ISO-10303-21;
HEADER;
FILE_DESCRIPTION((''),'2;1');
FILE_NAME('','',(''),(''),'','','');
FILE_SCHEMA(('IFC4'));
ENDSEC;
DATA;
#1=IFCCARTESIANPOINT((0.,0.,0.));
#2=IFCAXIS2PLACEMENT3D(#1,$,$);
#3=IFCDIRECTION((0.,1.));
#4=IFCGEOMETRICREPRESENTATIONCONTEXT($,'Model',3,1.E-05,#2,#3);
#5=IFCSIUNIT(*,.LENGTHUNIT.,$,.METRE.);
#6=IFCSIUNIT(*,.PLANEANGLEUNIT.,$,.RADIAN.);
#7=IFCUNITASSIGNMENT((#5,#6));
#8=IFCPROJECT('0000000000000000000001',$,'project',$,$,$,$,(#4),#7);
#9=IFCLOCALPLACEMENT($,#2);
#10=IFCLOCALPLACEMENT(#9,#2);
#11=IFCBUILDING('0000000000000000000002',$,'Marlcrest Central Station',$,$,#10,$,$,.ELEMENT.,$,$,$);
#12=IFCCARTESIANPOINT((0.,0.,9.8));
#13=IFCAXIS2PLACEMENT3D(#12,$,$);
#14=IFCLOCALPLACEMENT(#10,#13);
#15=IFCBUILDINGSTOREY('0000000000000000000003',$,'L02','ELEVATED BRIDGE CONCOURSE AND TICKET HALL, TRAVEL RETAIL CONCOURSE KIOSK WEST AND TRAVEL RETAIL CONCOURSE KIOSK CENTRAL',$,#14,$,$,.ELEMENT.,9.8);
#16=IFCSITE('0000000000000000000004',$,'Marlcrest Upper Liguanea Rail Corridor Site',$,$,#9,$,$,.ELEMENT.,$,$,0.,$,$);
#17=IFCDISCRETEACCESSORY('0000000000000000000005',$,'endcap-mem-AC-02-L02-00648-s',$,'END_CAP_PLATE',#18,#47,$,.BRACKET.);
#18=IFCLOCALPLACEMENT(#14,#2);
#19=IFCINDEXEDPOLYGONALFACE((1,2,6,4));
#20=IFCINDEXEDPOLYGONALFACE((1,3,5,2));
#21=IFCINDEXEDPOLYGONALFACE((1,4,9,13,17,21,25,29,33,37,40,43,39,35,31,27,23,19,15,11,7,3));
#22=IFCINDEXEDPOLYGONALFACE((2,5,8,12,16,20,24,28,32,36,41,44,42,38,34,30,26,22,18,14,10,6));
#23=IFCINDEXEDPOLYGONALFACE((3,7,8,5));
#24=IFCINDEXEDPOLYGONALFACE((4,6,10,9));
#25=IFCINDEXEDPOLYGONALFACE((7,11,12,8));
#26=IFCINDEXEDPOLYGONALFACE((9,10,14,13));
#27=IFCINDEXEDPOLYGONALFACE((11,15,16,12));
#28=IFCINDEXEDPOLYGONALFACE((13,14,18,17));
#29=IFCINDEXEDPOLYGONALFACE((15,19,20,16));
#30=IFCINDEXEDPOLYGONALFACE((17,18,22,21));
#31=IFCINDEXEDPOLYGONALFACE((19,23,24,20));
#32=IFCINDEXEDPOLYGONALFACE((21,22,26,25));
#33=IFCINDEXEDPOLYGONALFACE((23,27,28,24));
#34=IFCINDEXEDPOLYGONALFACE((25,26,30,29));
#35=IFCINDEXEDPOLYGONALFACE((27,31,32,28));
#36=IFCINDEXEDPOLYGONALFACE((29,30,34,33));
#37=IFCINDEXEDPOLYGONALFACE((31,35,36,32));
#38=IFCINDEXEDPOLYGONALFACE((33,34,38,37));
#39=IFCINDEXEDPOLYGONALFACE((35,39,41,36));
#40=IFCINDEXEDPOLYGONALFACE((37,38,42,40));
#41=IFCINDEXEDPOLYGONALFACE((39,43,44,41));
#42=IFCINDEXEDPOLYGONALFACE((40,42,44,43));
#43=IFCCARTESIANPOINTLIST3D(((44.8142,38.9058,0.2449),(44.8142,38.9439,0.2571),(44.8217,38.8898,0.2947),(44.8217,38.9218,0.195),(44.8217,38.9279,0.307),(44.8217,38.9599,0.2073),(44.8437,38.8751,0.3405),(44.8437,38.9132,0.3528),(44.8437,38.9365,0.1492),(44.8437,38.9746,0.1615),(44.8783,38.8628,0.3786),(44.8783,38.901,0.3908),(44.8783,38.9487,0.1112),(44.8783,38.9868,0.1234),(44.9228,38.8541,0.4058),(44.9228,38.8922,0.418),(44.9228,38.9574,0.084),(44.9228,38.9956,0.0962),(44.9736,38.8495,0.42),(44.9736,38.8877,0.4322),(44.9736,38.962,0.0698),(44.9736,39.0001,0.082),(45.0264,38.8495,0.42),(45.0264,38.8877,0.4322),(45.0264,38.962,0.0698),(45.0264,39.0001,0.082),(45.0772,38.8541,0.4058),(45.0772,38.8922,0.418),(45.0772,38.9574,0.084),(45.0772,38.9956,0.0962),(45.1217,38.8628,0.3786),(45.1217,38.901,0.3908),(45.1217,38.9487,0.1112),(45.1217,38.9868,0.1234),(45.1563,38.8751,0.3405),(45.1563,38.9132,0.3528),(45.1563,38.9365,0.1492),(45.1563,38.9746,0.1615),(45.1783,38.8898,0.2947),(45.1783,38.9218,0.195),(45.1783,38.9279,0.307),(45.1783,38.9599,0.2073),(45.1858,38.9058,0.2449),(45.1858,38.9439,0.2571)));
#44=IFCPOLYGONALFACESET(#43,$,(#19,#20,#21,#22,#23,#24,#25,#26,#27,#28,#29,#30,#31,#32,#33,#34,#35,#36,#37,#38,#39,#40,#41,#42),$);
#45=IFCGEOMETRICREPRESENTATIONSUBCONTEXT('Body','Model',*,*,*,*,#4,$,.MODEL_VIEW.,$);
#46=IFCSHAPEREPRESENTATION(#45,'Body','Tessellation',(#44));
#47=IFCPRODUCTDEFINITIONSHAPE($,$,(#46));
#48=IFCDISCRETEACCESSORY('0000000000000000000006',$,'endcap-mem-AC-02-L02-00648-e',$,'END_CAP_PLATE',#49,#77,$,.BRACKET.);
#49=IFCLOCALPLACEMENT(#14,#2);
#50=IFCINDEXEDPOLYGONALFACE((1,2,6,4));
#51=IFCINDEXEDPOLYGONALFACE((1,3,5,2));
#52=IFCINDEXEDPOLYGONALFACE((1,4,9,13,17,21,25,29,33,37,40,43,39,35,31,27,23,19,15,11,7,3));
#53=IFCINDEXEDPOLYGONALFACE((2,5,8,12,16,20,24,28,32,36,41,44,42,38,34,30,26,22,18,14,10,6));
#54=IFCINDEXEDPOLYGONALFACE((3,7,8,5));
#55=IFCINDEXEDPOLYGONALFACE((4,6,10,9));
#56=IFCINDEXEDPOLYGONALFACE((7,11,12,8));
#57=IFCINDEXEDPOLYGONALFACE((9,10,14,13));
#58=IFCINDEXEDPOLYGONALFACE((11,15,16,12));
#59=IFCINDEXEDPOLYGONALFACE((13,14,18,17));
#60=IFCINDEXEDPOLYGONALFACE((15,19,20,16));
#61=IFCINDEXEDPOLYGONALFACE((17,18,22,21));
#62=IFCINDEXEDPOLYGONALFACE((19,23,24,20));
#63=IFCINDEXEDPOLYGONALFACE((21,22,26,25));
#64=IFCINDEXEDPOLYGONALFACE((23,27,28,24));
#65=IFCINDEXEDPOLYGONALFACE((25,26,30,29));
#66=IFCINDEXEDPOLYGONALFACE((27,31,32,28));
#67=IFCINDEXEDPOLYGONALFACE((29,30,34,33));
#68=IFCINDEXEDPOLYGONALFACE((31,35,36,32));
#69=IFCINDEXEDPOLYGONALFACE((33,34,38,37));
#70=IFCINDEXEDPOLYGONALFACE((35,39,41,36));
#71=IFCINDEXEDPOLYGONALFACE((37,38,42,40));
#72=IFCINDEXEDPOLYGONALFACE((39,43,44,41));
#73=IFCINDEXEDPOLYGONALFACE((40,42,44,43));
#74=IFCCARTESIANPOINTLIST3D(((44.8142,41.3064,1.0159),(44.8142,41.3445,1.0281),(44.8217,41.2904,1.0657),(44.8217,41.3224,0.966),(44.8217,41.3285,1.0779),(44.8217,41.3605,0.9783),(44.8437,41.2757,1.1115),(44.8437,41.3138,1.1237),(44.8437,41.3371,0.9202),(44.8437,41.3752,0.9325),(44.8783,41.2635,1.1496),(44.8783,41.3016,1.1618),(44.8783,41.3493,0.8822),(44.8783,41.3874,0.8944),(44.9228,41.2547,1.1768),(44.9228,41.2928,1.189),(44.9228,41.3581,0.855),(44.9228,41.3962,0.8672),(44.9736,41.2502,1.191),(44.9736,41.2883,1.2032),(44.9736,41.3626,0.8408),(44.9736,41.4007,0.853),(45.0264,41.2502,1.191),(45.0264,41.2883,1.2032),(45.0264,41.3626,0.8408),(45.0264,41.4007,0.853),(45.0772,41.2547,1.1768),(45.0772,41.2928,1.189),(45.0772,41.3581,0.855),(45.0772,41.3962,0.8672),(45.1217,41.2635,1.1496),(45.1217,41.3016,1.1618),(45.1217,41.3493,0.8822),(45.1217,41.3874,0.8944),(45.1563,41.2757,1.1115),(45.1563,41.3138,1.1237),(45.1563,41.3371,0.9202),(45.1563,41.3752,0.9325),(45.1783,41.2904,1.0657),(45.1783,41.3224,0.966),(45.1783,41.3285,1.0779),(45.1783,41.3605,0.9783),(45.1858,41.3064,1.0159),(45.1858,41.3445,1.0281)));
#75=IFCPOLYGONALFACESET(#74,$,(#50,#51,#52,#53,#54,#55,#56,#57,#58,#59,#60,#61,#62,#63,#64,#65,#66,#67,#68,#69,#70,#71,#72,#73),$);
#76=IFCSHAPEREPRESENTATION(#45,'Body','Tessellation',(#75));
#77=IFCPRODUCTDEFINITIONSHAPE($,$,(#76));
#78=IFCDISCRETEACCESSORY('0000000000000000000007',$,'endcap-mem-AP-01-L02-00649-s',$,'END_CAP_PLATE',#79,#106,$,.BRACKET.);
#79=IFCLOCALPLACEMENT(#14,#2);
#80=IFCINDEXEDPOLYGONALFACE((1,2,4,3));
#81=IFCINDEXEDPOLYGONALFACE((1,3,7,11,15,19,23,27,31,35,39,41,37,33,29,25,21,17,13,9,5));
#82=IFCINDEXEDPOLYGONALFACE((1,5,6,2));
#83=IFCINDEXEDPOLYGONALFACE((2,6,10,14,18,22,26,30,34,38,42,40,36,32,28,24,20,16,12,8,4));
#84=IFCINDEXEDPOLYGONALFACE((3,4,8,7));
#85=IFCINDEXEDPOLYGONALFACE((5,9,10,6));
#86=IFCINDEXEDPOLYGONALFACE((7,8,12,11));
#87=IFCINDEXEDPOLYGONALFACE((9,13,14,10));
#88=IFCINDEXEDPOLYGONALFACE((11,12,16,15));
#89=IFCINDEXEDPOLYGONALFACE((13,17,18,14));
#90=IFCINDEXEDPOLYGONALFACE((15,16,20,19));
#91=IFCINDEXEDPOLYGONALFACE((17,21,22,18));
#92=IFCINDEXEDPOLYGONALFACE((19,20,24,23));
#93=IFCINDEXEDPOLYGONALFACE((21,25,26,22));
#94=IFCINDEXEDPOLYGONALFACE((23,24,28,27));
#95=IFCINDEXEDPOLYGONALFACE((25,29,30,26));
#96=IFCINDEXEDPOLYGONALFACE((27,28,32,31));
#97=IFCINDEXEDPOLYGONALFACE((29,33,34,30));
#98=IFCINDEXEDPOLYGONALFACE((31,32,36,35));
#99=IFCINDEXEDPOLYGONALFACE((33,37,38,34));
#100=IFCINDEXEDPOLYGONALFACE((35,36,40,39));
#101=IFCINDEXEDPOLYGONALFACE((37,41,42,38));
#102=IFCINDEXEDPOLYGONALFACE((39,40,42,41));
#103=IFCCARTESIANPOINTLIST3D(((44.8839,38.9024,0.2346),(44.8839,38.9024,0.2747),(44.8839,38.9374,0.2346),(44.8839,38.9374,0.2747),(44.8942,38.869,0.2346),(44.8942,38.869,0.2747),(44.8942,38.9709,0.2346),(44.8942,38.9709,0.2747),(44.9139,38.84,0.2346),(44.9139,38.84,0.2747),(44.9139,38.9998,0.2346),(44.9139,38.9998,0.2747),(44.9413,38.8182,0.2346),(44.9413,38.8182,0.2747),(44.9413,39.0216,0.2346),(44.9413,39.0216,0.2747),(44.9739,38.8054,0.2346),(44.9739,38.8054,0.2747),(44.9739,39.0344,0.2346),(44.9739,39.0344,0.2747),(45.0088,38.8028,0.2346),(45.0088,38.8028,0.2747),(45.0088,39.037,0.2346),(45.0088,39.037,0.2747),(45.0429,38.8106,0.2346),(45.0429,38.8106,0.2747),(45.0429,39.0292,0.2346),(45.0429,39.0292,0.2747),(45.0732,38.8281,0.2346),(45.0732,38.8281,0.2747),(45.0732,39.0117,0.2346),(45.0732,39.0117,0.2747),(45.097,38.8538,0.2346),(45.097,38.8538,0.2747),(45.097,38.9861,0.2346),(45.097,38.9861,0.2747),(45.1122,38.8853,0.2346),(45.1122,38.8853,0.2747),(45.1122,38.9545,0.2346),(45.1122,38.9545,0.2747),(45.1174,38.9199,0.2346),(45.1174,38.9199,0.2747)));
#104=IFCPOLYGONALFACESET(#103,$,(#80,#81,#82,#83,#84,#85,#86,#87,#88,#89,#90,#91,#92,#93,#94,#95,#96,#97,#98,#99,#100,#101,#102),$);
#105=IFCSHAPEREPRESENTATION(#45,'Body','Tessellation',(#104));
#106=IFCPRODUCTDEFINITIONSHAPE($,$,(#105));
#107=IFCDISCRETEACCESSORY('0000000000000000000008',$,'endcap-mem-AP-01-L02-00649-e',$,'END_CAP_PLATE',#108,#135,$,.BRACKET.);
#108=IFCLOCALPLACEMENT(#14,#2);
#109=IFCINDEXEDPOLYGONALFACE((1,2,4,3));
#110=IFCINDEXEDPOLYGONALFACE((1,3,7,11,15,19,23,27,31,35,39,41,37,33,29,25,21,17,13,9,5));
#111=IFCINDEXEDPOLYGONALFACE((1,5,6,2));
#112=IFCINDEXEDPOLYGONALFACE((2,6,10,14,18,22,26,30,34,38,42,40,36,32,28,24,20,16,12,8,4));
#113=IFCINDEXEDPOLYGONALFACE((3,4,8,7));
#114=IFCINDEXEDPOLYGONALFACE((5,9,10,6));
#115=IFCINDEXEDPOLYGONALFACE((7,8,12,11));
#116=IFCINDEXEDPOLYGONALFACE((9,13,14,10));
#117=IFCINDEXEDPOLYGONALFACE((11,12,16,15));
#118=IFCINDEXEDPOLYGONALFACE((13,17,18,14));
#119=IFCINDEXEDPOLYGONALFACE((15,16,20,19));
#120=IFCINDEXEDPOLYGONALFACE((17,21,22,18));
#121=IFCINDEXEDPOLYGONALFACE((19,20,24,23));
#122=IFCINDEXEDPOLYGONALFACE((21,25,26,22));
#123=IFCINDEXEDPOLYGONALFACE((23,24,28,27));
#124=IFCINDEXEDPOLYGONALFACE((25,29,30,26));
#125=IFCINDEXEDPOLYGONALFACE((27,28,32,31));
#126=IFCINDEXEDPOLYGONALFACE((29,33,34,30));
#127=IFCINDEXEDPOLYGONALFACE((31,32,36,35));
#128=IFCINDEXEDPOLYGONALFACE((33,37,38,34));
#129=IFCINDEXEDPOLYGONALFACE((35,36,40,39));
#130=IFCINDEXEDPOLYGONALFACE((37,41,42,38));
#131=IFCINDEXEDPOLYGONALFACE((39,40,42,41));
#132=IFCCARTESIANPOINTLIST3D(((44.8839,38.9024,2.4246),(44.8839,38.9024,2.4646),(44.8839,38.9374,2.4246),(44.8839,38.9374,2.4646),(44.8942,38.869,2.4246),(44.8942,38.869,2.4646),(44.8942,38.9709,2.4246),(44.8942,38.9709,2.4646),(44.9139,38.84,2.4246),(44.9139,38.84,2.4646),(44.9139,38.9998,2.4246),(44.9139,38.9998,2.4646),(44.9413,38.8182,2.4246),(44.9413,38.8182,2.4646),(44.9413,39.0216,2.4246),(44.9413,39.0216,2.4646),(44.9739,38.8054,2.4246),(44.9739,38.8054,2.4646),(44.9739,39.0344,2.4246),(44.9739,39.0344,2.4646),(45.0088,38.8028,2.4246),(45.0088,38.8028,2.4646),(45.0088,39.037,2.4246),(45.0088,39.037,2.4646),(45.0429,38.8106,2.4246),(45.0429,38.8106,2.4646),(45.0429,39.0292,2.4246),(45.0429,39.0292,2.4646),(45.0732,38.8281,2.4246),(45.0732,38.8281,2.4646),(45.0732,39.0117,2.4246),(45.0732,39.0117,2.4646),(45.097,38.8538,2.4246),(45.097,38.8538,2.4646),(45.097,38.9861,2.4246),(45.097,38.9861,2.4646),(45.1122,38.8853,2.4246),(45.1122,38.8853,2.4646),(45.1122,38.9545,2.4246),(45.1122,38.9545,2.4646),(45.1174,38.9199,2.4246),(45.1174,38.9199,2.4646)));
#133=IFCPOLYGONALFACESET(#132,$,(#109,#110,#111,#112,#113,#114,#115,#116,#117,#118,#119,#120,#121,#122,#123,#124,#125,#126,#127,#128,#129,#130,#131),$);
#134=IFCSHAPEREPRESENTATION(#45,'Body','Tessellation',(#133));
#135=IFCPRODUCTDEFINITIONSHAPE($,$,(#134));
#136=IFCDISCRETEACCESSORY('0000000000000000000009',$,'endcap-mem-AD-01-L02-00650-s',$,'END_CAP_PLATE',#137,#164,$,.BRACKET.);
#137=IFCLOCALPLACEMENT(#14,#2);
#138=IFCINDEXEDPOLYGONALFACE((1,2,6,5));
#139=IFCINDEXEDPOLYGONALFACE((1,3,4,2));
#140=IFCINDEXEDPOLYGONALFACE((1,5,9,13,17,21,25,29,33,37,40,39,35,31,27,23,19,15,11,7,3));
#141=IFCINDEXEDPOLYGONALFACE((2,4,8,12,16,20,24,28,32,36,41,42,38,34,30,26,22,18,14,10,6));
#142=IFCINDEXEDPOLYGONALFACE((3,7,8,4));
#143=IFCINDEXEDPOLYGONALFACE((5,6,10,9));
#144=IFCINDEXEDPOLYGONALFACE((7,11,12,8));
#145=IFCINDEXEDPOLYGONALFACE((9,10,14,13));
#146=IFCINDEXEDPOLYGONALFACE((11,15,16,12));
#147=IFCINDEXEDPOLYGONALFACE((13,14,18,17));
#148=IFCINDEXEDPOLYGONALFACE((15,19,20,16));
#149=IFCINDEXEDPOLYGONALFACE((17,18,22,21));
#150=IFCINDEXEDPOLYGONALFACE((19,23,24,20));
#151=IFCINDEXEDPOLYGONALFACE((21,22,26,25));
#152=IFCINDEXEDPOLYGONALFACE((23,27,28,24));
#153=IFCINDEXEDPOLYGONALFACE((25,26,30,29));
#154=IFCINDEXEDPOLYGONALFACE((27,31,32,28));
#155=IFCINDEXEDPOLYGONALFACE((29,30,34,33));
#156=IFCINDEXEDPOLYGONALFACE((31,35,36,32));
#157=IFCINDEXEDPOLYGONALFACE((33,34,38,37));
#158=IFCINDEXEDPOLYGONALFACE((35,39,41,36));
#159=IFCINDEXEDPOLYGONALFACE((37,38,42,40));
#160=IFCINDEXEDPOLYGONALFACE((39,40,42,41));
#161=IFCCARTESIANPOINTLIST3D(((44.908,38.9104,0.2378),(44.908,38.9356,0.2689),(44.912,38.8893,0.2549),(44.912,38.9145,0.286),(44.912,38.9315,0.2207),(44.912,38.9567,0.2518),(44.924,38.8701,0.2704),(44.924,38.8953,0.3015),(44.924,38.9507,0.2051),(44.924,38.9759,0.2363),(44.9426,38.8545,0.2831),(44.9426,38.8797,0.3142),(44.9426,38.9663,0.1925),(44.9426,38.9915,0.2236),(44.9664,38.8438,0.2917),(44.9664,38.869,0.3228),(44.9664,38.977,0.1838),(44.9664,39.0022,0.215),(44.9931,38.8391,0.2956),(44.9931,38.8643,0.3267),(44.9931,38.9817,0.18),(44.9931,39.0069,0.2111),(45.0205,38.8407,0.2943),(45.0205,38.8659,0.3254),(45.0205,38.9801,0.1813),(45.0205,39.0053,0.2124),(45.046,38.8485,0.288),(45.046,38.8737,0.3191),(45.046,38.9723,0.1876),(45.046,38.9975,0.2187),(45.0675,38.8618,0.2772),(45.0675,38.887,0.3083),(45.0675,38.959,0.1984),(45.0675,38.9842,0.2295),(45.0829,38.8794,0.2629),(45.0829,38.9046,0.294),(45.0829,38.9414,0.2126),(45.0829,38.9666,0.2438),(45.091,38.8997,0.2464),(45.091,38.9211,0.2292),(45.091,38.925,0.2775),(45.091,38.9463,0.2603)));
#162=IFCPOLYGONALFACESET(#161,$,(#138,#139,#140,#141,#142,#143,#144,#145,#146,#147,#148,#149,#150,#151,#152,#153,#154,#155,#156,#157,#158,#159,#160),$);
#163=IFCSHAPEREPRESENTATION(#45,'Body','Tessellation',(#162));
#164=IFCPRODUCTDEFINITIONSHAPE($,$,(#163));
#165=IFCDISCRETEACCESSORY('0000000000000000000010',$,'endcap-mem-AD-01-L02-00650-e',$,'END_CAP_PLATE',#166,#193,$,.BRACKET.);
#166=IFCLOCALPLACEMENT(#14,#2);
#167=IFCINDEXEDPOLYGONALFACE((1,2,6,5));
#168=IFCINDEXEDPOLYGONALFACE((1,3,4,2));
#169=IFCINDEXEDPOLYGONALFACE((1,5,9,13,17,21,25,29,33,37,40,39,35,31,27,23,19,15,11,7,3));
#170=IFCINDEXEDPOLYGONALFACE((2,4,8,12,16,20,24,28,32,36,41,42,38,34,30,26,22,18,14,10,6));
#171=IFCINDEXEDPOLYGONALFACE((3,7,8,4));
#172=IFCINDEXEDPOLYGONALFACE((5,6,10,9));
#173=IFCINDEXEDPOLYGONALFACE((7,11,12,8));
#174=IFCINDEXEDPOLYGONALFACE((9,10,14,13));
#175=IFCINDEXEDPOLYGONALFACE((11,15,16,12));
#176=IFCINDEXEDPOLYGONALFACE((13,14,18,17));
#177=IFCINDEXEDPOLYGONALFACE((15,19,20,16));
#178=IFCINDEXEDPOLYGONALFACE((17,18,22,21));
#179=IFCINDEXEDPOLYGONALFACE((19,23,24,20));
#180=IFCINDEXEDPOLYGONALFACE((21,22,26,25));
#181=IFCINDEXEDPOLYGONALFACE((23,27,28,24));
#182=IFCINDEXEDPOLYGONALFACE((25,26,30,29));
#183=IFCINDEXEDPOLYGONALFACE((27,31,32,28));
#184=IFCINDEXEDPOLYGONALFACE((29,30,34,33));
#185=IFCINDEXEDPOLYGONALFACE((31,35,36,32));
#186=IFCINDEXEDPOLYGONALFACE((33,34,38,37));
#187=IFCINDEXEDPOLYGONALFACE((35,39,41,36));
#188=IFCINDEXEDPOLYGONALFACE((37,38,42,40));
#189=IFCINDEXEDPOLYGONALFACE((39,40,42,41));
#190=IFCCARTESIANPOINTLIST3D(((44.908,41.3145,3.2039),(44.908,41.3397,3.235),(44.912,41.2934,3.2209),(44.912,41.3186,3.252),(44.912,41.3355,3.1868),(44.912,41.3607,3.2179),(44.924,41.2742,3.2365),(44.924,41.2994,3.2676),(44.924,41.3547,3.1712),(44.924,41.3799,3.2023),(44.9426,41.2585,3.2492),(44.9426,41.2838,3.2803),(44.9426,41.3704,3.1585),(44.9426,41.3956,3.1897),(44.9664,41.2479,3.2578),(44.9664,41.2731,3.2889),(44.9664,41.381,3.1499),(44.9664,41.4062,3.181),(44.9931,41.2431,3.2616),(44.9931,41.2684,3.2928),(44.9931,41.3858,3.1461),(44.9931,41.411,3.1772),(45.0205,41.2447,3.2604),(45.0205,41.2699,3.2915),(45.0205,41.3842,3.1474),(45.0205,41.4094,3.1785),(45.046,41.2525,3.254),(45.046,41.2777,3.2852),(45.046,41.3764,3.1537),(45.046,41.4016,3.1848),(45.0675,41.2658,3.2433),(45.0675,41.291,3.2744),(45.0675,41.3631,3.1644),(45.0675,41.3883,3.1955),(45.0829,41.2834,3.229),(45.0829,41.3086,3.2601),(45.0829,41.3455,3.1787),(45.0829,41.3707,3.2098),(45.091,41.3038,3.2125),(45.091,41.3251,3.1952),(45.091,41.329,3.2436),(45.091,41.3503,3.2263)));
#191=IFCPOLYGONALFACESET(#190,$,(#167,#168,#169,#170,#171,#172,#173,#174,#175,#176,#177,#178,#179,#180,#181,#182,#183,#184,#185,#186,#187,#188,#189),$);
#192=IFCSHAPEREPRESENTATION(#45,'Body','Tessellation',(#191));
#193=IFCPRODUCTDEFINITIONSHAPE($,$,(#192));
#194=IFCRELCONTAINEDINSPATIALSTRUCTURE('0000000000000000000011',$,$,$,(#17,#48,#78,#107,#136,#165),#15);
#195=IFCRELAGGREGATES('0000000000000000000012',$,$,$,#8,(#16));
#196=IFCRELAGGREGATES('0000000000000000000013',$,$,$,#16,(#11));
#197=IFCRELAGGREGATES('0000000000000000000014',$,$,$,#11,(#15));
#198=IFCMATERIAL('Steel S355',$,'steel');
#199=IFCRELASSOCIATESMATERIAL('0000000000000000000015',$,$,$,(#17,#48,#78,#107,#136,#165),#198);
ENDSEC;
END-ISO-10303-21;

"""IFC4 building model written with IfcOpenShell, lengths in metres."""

from ifc_helpers import new_model, si_unit, direction, frame, origin, origin_2d, place, context, subcontext, project, spatial, circle, extrude, material, element, save


model = new_model("IFC4")

# Units and contexts
model_context = context("Model", 3, precision=1e-05, world=origin(), true_north=direction((0.0, 1.0)))
body_context = subcontext(model_context, "Body", "Model", "MODEL_VIEW")
ifc_project = project(units=[si_unit("LENGTHUNIT", "METRE"), si_unit("PLANEANGLEUNIT", "RADIAN")], contexts=[model_context])

# Site, building, storey
site_placement = place(None, origin())
site = spatial("IfcSite", under=ifc_project, at=site_placement, Name="Marlcrest Upper Liguanea Rail Corridor Site", CompositionType="ELEMENT", RefElevation=0.0)
building_placement = place(site_placement, origin())
building = spatial("IfcBuilding", under=site, at=building_placement, Name="Marlcrest Central Station", CompositionType="ELEMENT")
storey_placement = place(building_placement, frame((0.0, 0.0, 9.8)))
storey = spatial("IfcBuildingStorey", under=building, at=storey_placement, Name="L02", Description="ELEVATED BRIDGE CONCOURSE AND TICKET HALL, TRAVEL RETAIL CONCOURSE KIOSK WEST AND TRAVEL RETAIL CONCOURSE KIOSK CENTRAL", CompositionType="ELEMENT", Elevation=9.8)

# Shared definitions
ifc_material_1 = material(Name="Steel S355", Category="steel")

# Discrete accessories
for number, where, z_axis, x_axis, name in (
    (1, (45.0, 38.9058, 0.2449), (0.0, 0.952117, 0.305734), (-1.0, 0.0, 0.0), "endcap-mem-AC-02-L02-00648-s"),
    (2, (45.0, 41.3064, 1.0159), (0.0, 0.952117, 0.305734), (-1.0, 0.0, 0.0), "endcap-mem-AC-02-L02-00648-e"),
):
    element("IfcDiscreteAccessory", number, at=place(storey_placement, frame(where, z_axis=z_axis, x_axis=x_axis)), inside=storey, material=ifc_material_1, Name=name, ObjectType="END_CAP_PLATE", PredefinedType="BRACKET", context=body_context, shape_type="SweptSolid", body=[
        extrude(circle(Radius=0.1858, at=origin_2d()), origin(), (0.0, 0.0, 1.0), 0.04),
    ])
for number, where, z_axis, x_axis, name in (
    (3, (45.0, 38.9199, 0.2346), (0.0, 0.0, 1.0), (1.0, 0.0, 0.0), "endcap-mem-AP-01-L02-00649-s"),
    (4, (45.0, 38.9199, 2.4246), (0.0, 0.0, 1.0), (1.0, 0.0, 0.0), "endcap-mem-AP-01-L02-00649-e"),
):
    element("IfcDiscreteAccessory", number, at=place(storey_placement, frame(where, z_axis=z_axis, x_axis=x_axis)), inside=storey, material=ifc_material_1, Name=name, ObjectType="END_CAP_PLATE", PredefinedType="BRACKET", context=body_context, shape_type="SweptSolid", body=[
        extrude(circle(Radius=0.1174, at=origin_2d()), origin(), (0.0, 0.0, 1.0), 0.04),
    ])
for number, where, z_axis, x_axis, name in (
    (5, (45.0, 38.9104, 0.2378), (0.0, 0.629629, 0.776896), (-1.0, 0.0, 0.0), "endcap-mem-AD-01-L02-00650-s"),
    (6, (45.0, 41.3145, 3.2039), (0.0, 0.629629, 0.776896), (-1.0, 0.0, 0.0), "endcap-mem-AD-01-L02-00650-e"),
):
    element("IfcDiscreteAccessory", number, at=place(storey_placement, frame(where, z_axis=z_axis, x_axis=x_axis)), inside=storey, material=ifc_material_1, Name=name, ObjectType="END_CAP_PLATE", PredefinedType="BRACKET", context=body_context, shape_type="SweptSolid", body=[
        extrude(circle(Radius=0.092, at=origin_2d()), origin(), (0.0, 0.0, 1.0), 0.04),
    ])

save(model, "model.ifc")
